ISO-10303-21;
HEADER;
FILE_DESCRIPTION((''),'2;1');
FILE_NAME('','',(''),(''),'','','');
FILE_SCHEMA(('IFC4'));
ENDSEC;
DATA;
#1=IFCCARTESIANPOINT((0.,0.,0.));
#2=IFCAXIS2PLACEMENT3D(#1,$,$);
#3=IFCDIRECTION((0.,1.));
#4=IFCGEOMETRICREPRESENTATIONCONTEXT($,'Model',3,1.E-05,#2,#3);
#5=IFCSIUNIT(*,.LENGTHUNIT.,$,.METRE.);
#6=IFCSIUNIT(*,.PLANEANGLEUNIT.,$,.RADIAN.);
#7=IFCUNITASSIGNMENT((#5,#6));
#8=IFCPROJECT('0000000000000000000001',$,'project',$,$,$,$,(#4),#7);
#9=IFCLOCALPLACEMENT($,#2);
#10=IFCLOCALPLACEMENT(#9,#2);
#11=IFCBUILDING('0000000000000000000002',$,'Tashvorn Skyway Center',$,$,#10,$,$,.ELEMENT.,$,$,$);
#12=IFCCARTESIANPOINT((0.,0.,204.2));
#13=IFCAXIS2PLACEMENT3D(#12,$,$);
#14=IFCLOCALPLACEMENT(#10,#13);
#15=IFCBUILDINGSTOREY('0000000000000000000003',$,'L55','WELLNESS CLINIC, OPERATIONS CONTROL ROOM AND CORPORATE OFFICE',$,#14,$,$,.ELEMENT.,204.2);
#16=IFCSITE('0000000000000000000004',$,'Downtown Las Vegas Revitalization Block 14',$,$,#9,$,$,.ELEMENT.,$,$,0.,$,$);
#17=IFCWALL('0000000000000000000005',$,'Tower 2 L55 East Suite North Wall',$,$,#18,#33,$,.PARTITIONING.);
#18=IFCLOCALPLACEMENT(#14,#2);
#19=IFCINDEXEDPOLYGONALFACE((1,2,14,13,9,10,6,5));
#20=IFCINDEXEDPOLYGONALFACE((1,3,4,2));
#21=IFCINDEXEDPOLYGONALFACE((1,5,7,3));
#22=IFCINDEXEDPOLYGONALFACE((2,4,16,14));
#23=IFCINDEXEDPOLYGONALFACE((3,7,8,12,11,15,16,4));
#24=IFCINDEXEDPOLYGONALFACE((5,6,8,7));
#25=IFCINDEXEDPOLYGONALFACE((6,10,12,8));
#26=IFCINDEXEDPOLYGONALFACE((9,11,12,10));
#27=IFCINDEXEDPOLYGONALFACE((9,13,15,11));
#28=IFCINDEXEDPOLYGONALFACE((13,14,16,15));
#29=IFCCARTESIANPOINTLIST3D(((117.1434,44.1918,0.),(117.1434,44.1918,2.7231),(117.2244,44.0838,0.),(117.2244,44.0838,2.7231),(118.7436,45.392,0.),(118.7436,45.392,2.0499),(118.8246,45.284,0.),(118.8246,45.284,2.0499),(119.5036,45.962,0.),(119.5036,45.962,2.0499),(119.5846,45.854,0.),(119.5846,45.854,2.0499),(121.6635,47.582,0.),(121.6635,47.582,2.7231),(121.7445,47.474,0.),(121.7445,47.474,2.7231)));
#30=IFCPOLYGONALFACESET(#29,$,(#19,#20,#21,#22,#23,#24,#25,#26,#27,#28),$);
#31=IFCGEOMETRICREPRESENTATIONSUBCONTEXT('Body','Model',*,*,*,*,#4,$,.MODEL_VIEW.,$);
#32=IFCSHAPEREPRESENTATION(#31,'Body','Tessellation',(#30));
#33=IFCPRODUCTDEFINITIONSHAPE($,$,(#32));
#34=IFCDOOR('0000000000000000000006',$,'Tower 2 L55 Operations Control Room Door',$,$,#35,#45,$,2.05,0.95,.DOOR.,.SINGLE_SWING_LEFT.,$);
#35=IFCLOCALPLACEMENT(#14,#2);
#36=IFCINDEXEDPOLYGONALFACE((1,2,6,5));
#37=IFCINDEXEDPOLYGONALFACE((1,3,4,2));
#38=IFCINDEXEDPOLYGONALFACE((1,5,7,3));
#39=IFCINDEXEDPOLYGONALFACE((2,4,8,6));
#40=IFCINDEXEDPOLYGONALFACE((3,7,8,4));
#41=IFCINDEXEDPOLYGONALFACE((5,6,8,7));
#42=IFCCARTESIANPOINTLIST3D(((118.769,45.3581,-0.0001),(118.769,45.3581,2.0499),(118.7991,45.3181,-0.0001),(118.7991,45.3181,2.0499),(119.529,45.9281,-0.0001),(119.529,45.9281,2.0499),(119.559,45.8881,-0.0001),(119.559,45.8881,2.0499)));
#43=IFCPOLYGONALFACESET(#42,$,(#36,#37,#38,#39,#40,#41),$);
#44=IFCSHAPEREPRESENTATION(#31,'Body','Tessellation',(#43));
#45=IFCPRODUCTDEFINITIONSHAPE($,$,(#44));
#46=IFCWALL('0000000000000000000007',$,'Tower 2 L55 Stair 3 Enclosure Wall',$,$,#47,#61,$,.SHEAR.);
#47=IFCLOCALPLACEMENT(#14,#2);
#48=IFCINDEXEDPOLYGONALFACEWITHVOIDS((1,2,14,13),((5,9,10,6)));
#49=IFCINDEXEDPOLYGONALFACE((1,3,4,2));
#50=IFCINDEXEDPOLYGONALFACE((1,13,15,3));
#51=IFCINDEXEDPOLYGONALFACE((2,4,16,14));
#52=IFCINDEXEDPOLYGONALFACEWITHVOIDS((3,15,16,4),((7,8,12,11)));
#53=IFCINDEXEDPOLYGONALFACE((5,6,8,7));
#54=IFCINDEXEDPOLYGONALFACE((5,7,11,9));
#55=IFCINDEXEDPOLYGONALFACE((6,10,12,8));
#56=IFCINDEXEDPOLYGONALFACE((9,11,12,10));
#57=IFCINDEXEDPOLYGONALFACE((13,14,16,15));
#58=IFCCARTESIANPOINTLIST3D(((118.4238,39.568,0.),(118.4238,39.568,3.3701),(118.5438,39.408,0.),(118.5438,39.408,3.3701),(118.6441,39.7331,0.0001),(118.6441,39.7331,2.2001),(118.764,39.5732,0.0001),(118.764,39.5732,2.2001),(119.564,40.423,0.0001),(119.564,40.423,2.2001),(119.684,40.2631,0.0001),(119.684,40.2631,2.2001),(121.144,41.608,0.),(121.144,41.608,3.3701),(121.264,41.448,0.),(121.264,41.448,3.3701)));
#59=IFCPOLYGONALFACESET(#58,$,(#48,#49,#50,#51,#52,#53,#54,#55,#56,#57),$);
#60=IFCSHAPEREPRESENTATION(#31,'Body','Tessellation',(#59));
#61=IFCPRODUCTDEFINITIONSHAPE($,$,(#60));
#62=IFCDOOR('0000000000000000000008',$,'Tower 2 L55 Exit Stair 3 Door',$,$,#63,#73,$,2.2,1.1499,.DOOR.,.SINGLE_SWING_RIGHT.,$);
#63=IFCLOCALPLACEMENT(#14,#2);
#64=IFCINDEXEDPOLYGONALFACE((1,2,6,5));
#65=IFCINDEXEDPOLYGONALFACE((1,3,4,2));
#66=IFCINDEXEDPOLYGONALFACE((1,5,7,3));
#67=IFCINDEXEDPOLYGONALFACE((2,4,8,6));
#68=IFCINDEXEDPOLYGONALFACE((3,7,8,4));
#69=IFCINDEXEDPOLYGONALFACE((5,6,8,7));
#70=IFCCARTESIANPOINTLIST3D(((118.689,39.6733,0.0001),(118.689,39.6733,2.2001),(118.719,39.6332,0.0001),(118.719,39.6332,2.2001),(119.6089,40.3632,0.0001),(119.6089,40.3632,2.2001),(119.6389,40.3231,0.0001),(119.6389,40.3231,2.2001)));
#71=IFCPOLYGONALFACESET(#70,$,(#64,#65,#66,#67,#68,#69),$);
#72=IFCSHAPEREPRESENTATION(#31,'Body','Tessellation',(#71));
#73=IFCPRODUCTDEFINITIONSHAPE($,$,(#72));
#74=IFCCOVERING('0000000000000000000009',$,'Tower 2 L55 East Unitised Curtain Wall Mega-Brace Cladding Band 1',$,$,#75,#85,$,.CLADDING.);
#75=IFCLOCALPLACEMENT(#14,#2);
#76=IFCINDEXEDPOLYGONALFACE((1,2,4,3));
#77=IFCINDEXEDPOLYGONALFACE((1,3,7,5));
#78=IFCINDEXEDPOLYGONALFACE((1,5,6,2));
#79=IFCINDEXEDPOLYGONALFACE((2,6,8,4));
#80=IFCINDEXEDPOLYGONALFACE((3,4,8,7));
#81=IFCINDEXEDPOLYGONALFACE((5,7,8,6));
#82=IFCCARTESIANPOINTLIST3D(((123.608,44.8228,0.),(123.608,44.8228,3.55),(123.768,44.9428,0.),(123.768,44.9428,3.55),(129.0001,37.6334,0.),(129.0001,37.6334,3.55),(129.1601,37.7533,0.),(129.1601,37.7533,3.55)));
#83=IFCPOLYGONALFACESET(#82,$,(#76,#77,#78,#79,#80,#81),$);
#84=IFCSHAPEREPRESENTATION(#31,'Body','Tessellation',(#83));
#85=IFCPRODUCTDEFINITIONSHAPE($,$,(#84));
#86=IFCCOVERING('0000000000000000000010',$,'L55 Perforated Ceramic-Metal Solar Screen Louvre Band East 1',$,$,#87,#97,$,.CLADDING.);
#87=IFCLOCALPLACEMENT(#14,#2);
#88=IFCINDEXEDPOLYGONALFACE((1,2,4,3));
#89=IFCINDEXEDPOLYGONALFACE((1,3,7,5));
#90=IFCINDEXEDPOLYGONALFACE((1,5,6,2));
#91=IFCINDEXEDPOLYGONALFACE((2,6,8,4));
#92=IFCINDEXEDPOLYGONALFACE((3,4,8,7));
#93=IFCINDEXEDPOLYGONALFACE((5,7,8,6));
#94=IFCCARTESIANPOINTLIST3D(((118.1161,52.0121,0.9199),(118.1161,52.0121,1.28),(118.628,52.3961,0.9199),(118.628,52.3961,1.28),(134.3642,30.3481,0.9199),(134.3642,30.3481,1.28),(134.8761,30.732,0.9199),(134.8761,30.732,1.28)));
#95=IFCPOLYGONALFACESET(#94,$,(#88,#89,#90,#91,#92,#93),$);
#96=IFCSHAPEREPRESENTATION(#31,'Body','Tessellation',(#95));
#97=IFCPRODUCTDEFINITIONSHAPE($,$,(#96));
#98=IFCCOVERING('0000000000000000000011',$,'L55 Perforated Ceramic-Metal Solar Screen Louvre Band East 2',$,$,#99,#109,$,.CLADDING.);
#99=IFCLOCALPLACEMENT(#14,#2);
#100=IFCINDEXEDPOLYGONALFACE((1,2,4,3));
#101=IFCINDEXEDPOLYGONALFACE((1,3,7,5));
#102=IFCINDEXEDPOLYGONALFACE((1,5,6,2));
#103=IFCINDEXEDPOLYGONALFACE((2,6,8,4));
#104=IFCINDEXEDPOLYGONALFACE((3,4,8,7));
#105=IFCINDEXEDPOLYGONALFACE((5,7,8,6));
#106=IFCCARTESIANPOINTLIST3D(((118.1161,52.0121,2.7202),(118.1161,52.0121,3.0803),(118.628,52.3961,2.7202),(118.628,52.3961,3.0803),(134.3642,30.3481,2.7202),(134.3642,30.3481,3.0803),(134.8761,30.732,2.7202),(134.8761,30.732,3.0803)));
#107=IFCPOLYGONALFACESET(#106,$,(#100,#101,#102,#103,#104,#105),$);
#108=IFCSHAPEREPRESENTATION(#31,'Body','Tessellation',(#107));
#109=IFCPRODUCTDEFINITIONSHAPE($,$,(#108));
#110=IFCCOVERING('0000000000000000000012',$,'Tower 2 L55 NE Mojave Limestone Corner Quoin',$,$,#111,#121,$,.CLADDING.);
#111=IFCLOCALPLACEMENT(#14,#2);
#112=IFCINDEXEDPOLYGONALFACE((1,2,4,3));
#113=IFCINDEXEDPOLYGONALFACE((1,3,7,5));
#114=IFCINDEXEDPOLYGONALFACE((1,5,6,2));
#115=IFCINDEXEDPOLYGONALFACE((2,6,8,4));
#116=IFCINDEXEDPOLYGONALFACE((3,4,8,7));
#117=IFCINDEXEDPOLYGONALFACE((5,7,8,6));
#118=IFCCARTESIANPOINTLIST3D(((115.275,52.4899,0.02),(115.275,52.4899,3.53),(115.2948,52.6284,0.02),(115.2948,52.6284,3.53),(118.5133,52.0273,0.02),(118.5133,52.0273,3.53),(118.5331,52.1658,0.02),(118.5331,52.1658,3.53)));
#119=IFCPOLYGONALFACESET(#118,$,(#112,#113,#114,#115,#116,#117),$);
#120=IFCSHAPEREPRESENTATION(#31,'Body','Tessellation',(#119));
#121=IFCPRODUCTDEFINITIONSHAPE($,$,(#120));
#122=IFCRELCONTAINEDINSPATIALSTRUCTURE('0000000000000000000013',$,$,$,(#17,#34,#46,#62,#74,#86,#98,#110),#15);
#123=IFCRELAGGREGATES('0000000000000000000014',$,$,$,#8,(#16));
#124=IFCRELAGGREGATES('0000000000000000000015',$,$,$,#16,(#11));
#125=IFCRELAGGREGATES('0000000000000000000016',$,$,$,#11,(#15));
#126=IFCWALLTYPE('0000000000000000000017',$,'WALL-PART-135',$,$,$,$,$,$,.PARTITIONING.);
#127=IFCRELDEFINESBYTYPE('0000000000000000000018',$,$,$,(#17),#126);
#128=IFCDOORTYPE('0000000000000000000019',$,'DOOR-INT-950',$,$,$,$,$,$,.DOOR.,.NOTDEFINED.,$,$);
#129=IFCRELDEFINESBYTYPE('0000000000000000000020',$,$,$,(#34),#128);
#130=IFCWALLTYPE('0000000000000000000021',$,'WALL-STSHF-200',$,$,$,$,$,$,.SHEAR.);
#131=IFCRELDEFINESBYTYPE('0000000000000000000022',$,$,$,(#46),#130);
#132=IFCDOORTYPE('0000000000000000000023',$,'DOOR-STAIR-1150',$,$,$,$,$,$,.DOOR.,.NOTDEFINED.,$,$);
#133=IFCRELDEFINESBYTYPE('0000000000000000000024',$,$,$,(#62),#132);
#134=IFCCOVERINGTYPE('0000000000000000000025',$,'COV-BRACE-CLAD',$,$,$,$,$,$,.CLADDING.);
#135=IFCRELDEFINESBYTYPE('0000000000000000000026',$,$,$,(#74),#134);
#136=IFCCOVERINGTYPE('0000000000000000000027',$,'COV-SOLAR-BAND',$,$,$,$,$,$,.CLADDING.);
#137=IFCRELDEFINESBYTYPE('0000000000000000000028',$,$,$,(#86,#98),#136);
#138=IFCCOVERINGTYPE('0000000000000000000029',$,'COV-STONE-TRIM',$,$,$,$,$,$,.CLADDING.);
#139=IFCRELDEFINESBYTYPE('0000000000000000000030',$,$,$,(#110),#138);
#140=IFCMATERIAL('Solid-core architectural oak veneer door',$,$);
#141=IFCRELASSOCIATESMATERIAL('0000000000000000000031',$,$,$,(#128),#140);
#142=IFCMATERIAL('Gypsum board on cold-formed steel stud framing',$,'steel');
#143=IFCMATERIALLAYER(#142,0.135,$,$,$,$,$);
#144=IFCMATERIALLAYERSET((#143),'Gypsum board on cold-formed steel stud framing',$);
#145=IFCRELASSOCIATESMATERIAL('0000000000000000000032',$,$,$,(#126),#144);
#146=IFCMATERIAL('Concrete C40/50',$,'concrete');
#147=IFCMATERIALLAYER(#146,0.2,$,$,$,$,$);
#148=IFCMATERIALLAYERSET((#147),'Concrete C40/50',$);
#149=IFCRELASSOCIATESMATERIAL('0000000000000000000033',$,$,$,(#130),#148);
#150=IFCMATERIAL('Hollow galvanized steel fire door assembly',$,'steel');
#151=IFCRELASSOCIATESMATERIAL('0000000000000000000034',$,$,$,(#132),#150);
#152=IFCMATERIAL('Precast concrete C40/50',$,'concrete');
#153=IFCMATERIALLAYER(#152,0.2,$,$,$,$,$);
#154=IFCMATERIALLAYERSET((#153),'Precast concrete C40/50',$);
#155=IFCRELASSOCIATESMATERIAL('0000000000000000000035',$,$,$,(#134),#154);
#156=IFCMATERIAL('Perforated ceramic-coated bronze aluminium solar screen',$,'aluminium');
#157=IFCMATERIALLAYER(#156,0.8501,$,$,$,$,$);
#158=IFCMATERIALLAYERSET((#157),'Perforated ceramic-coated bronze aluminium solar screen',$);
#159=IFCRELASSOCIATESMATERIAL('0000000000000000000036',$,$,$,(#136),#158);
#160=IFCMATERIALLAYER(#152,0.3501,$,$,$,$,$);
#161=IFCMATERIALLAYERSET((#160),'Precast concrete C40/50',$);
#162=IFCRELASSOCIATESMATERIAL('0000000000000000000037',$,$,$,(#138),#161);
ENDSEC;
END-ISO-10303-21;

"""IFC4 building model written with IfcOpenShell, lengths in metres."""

from ifc_helpers import new_model, si_unit, direction, frame, frame_2d, origin, origin_2d, place, context, subcontext, project, spatial, rectangle, extrude, material, layer, layer_set, type_object, element, fill, save


model = new_model("IFC4")

# Units and contexts
model_context = context("Model", 3, precision=1e-05, world=origin(), true_north=direction((0.0, 1.0)))
body_context = subcontext(model_context, "Body", "Model", "MODEL_VIEW")
ifc_project = project(units=[si_unit("LENGTHUNIT", "METRE"), si_unit("PLANEANGLEUNIT", "RADIAN")], contexts=[model_context])

# Site, building, storey
site_placement = place(None, origin())
site = spatial("IfcSite", under=ifc_project, at=site_placement, Name="Downtown Las Vegas Revitalization Block 14", CompositionType="ELEMENT", RefElevation=0.0)
building_placement = place(site_placement, origin())
building = spatial("IfcBuilding", under=site, at=building_placement, Name="Tashvorn Skyway Center", CompositionType="ELEMENT")
storey_placement = place(building_placement, frame((0.0, 0.0, 204.2)))
storey = spatial("IfcBuildingStorey", under=building, at=storey_placement, Name="L55", Description="WELLNESS CLINIC, OPERATIONS CONTROL ROOM AND CORPORATE OFFICE", CompositionType="ELEMENT", Elevation=204.2)

# Shared definitions
ifc_material_1 = material(Name="Precast concrete C40/50", Category="concrete")

# Shared definitions
ifc_material_2 = material(Name="Gypsum board on cold-formed steel stud framing", Category="steel")
ifc_material_3 = material(Name="Solid-core architectural oak veneer door")
door_type_1 = type_object("IfcDoorType", Name="DOOR-INT-950", OperationType="NOTDEFINED", PredefinedType="DOOR", material=ifc_material_3)

# Shared definitions
ifc_layer_1 = layer(ifc_material_2, 0.135)
ifc_layer_set_1 = layer_set([ifc_layer_1], Name="Gypsum board on cold-formed steel stud framing")
wall_type_1 = type_object("IfcWallType", Name="WALL-PART-135", PredefinedType="PARTITIONING", material=ifc_layer_set_1)

# Walls, openings, doors
wall_1_placement = place(storey_placement, frame((121.7041, 47.5281, 0.0), z_axis=(0.0, 0.0, 1.0), x_axis=(-0.79999, -0.600014, 0.0)))
wall_1 = element("IfcWall", 1, at=wall_1_placement, inside=storey, type_object=wall_type_1, Name="Tower 2 L55 East Suite North Wall", PredefinedType="PARTITIONING", context=body_context, shape_type="SweptSolid", body=[
    extrude(rectangle(XDim=5.6501, YDim=0.135, at=frame_2d((2.8252, 0.0))), origin(), (0.0, 0.0, 1.0), 2.7231),
])
opening_1_placement = place(wall_1_placement, frame((2.7, 0.0, 0.0)))
opening_1 = element("IfcOpeningElement", 2, at=opening_1_placement, cuts=wall_1, PredefinedType="OPENING", context=body_context, shape_type="SweptSolid", body=[
    extrude(rectangle(XDim=0.95, YDim=2.05, at=frame_2d((0.4751, 1.0249))), frame((0.0, 0.0774, 0.0), z_axis=(0.0, -1.0, 0.0), x_axis=(1.0, 0.0, 0.0)), (0.0, 0.0, 1.0), 0.155),
])
door_1_placement = place(opening_1_placement, origin())
door_1 = element("IfcDoor", 3, at=door_1_placement, inside=storey, type_object=door_type_1, Name="Tower 2 L55 Operations Control Room Door", OperationType="SINGLE_SWING_LEFT", OverallHeight=2.05, OverallWidth=0.95, PredefinedType="DOOR", context=body_context, shape_type="SweptSolid", body=[
    extrude(rectangle(XDim=0.95, YDim=2.05, at=frame_2d((0.4751, 1.0249))), frame((0.0, 0.0249, 0.0), z_axis=(0.0, -1.0, 0.0), x_axis=(1.0, 0.0, 0.0)), (0.0, 0.0, 1.0), 0.05),
])
fill(opening_1, door_1)
ifc_material_4 = material(Name="Concrete C40/50", Category="concrete")
ifc_layer_2 = layer(ifc_material_4, 0.2)
ifc_layer_set_2 = layer_set([ifc_layer_2], Name="Concrete C40/50")
wall_type_2 = type_object("IfcWallType", Name="WALL-STSHF-200", PredefinedType="SHEAR", material=ifc_layer_set_2)
wall_2_placement = place(storey_placement, frame((121.2041, 41.5281, 0.0), z_axis=(0.0, 0.0, 1.0), x_axis=(-0.800017, -0.599977, 0.0)))
wall_2 = element("IfcWall", 4, at=wall_2_placement, inside=storey, type_object=wall_type_2, Name="Tower 2 L55 Stair 3 Enclosure Wall", PredefinedType="SHEAR", context=body_context, shape_type="SweptSolid", body=[
    extrude(rectangle(XDim=3.4001, YDim=0.2, at=frame_2d((1.7002, 0.0))), origin(), (0.0, 0.0, 1.0), 3.3701),
])
opening_2_placement = place(wall_2_placement, frame((1.9751, 0.0, 0.0)))
opening_2 = element("IfcOpeningElement", 5, at=opening_2_placement, cuts=wall_2, PredefinedType="OPENING", context=body_context, shape_type="SweptSolid", body=[
    extrude(rectangle(XDim=1.1499, YDim=2.2, at=frame_2d((0.575, 1.1001))), frame((0.0, 0.1099, 0.0), z_axis=(0.0, -1.0, 0.0), x_axis=(1.0, 0.0, 0.0)), (0.0, 0.0, 1.0), 0.22),
])
ifc_material_5 = material(Name="Hollow galvanized steel fire door assembly", Category="steel")
door_type_2 = type_object("IfcDoorType", Name="DOOR-STAIR-1150", OperationType="NOTDEFINED", PredefinedType="DOOR", material=ifc_material_5)
door_2_placement = place(opening_2_placement, origin())
door_2 = element("IfcDoor", 6, at=door_2_placement, inside=storey, type_object=door_type_2, Name="Tower 2 L55 Exit Stair 3 Door", OperationType="SINGLE_SWING_RIGHT", OverallHeight=2.2, OverallWidth=1.1499, PredefinedType="DOOR", context=body_context, shape_type="SweptSolid", body=[
    extrude(rectangle(XDim=1.1499, YDim=2.2, at=frame_2d((0.575, 1.1001))), frame((0.0, 0.0249, 0.0), z_axis=(0.0, -1.0, 0.0), x_axis=(1.0, 0.0, 0.0)), (0.0, 0.0, 1.0), 0.05),
])
fill(opening_2, door_2)

# Coverings
ifc_layer_3 = layer(ifc_material_1, 0.2)
ifc_layer_set_3 = layer_set([ifc_layer_3], Name="Precast concrete C40/50")
covering_type_1 = type_object("IfcCoveringType", Name="COV-BRACE-CLAD", PredefinedType="CLADDING", material=ifc_layer_set_3)
covering_1_placement = place(storey_placement, frame((126.384, 41.2881, 0.0), z_axis=(0.0, 0.0, 1.0), x_axis=(0.6, -0.8, 0.0)))
element("IfcCovering", 7, at=covering_1_placement, inside=storey, type_object=covering_type_1, Name="Tower 2 L55 East Unitised Curtain Wall Mega-Brace Cladding Band 1", PredefinedType="CLADDING", context=body_context, shape_type="SweptSolid", body=[
    extrude(rectangle(XDim=8.9868, YDim=0.2, at=origin_2d()), origin(), (0.0, 0.0, 1.0), 3.55),
])
ifc_material_6 = material(Name="Perforated ceramic-coated bronze aluminium solar screen", Category="aluminium")
ifc_layer_4 = layer(ifc_material_6, 0.8501)
ifc_layer_set_4 = layer_set([ifc_layer_4], Name="Perforated ceramic-coated bronze aluminium solar screen")
covering_type_2 = type_object("IfcCoveringType", Name="COV-SOLAR-BAND", PredefinedType="CLADDING", material=ifc_layer_set_4)
for number, where, z_axis, x_axis, name in (
    (8, (126.4961, 41.3721, 0.9199), (0.0, 0.0, 1.0), (0.6, -0.8, 0.0), "L55 Perforated Ceramic-Metal Solar Screen Louvre Band East 1"),
    (9, (126.4961, 41.3721, 2.7202), (0.0, 0.0, 1.0), (0.6, -0.8, 0.0), "L55 Perforated Ceramic-Metal Solar Screen Louvre Band East 2"),
):
    element("IfcCovering", number, at=place(storey_placement, frame(where, z_axis=z_axis, x_axis=x_axis)), inside=storey, type_object=covering_type_2, Name=name, PredefinedType="CLADDING", context=body_context, shape_type="SweptSolid", body=[
        extrude(rectangle(XDim=27.0801, YDim=0.6399, at=origin_2d()), origin(), (0.0, 0.0, 1.0), 0.3601),
    ])
ifc_layer_5 = layer(ifc_material_1, 0.3501)
ifc_layer_set_5 = layer_set([ifc_layer_5], Name="Precast concrete C40/50")
covering_type_3 = type_object("IfcCoveringType", Name="COV-STONE-TRIM", PredefinedType="CLADDING", material=ifc_layer_set_5)
covering_2_placement = place(storey_placement, frame((116.9041, 52.3279, 0.02), z_axis=(0.0, 0.0, 1.0), x_axis=(0.989949, -0.141421, 0.0)))
element("IfcCovering", 10, at=covering_2_placement, inside=storey, type_object=covering_type_3, Name="Tower 2 L55 NE Mojave Limestone Corner Quoin", PredefinedType="CLADDING", context=body_context, shape_type="SweptSolid", body=[
    extrude(rectangle(XDim=3.2712, YDim=0.1399, at=origin_2d()), origin(), (0.0, 0.0, 1.0), 3.51),
])

save(model, "model.ifc")
